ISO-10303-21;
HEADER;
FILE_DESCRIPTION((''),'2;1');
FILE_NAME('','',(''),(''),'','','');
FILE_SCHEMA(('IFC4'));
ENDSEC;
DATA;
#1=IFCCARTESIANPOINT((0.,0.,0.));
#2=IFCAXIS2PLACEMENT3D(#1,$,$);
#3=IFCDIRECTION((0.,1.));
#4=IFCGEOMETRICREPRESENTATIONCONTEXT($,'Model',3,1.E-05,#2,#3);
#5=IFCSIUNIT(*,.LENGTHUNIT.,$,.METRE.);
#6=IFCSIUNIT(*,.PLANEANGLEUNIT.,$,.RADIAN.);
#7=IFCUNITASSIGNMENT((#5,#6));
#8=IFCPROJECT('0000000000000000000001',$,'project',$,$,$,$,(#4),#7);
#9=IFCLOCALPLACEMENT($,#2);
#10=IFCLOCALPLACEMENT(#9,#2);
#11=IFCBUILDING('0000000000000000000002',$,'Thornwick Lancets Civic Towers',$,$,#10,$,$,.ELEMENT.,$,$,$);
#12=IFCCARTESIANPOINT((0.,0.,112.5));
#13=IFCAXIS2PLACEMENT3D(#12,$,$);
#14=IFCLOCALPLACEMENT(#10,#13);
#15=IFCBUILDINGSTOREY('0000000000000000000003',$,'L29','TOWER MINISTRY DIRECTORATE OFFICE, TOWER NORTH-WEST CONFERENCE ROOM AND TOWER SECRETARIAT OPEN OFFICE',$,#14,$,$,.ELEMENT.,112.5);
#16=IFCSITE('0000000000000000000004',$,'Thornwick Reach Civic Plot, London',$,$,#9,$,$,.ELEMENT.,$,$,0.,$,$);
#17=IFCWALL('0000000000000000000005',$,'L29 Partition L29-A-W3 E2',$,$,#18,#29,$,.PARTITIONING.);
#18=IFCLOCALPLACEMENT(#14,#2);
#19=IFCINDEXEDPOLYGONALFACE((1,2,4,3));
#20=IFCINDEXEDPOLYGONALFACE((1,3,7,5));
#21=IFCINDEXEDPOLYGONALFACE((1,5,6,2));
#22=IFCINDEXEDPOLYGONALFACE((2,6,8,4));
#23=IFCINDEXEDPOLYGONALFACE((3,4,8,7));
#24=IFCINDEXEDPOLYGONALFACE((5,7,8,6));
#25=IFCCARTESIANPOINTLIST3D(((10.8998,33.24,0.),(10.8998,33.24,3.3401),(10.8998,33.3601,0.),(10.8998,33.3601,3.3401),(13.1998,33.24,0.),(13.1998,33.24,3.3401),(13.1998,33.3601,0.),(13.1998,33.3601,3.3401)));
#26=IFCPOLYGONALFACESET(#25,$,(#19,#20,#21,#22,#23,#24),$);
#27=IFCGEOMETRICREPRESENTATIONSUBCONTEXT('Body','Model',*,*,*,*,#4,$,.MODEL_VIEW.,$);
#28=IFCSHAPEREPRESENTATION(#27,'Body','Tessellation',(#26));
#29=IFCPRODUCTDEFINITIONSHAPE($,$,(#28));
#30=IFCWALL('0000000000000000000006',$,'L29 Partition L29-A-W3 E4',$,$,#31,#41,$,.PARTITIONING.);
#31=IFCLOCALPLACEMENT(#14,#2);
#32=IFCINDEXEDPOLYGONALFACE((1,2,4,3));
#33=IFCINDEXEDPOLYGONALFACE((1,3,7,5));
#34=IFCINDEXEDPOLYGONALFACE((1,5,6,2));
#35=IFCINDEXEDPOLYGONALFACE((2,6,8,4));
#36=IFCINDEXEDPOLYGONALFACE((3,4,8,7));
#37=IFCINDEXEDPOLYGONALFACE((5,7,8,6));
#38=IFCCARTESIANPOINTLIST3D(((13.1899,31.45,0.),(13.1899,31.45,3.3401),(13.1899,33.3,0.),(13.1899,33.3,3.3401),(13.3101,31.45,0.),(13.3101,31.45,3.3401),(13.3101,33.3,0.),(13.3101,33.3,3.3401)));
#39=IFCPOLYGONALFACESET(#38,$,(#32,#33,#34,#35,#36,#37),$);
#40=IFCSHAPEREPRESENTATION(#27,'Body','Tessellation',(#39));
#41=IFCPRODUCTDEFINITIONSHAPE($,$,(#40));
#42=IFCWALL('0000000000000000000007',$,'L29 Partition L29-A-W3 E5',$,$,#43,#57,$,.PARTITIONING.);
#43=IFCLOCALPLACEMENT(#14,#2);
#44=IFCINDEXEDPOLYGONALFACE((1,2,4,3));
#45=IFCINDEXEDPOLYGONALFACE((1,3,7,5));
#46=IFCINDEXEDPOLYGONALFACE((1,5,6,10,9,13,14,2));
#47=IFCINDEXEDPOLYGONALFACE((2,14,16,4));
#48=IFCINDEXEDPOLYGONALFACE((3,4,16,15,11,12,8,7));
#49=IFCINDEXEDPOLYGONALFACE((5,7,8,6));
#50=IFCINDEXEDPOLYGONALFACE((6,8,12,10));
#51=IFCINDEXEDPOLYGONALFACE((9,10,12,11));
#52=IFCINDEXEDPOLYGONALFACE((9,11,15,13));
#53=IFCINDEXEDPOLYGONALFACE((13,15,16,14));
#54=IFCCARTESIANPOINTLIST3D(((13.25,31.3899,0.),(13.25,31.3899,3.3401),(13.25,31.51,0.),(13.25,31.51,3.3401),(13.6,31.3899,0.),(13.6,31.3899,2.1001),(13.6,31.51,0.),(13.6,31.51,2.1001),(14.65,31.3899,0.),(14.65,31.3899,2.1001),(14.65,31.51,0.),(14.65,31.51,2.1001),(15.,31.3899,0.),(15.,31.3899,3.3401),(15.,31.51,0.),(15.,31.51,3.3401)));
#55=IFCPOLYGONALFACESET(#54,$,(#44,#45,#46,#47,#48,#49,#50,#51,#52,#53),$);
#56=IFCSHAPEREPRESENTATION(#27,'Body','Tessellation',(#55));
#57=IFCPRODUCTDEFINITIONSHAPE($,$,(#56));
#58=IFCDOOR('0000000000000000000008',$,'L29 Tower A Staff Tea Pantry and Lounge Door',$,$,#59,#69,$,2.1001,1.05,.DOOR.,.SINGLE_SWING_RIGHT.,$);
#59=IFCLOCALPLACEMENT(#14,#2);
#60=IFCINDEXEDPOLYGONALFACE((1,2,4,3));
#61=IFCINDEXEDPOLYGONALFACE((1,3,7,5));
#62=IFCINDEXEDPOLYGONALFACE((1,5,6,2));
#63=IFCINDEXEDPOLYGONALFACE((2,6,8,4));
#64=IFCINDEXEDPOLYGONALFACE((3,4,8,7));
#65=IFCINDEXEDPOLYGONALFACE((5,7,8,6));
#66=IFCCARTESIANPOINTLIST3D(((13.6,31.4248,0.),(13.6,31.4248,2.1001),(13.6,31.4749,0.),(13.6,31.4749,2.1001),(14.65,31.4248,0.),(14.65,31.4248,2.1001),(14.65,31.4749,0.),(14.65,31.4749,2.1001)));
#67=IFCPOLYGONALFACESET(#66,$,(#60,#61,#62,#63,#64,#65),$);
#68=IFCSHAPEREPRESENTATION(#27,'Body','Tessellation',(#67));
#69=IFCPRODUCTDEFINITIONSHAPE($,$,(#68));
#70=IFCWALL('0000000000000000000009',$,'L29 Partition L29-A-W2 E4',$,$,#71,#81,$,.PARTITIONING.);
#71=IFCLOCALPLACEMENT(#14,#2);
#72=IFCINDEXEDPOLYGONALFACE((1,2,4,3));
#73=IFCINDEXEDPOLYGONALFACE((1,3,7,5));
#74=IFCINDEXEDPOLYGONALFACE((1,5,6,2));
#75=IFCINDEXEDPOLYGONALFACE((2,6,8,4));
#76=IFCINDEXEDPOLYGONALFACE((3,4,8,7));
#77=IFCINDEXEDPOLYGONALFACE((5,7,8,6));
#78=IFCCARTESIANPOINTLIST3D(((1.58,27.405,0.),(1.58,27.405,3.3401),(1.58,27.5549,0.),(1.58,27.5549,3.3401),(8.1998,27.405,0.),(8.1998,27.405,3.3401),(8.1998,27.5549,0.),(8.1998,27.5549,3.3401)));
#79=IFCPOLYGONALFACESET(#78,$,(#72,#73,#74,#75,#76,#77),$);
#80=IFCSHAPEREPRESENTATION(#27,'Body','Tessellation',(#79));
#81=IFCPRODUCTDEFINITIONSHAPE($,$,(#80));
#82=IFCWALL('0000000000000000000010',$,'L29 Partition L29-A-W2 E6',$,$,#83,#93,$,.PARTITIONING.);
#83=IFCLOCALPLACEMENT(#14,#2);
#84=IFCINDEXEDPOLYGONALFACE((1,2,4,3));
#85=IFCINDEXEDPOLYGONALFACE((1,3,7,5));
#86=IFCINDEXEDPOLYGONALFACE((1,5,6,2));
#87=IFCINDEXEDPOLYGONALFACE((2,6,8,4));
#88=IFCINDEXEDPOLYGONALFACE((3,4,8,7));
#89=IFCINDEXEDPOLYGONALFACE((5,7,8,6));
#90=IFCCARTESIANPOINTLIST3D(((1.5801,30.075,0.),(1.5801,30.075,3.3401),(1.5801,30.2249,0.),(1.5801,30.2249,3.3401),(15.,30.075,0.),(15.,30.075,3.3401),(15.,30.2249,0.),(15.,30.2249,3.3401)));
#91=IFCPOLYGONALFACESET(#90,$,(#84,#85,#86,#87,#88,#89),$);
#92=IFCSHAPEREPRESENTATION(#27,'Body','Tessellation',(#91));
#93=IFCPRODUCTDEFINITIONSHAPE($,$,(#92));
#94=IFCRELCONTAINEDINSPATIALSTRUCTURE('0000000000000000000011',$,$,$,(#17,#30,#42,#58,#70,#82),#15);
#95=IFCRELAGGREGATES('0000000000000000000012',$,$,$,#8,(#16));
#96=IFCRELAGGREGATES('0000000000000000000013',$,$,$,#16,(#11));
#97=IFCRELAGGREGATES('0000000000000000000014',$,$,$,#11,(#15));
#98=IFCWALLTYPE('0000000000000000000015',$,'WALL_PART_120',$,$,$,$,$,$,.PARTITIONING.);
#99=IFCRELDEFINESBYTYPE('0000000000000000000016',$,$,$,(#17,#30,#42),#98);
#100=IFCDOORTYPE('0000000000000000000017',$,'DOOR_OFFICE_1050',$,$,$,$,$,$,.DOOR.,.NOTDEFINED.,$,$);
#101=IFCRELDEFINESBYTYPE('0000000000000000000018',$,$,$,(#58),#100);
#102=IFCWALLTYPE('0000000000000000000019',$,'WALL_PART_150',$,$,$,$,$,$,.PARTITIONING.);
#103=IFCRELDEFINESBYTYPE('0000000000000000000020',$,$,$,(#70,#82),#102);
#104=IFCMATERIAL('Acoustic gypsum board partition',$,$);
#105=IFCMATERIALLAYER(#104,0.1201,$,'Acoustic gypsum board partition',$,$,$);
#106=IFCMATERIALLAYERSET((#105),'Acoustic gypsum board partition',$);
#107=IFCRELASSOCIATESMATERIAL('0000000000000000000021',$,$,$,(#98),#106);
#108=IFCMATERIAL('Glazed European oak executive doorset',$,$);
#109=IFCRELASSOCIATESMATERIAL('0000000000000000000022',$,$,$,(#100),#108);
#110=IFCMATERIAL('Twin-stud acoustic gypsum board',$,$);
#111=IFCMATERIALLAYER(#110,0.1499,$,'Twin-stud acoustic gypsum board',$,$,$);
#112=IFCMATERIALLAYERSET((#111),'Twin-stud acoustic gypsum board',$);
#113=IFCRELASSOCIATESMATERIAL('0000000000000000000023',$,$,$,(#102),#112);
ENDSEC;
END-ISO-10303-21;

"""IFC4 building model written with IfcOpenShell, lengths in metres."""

from ifc_helpers import new_model, si_unit, direction, frame, frame_2d, origin, place, context, subcontext, project, spatial, rectangle, extrude, material, layer, layer_set, type_object, element, fill, save


model = new_model("IFC4")

# Units and contexts
model_context = context("Model", 3, precision=1e-05, world=origin(), true_north=direction((0.0, 1.0)))
body_context = subcontext(model_context, "Body", "Model", "MODEL_VIEW")
ifc_project = project(units=[si_unit("LENGTHUNIT", "METRE"), si_unit("PLANEANGLEUNIT", "RADIAN")], contexts=[model_context])

# Site, building, storey
site_placement = place(None, origin())
site = spatial("IfcSite", under=ifc_project, at=site_placement, Name="Thornwick Reach Civic Plot, London", CompositionType="ELEMENT", RefElevation=0.0)
building_placement = place(site_placement, origin())
building = spatial("IfcBuilding", under=site, at=building_placement, Name="Thornwick Lancets Civic Towers", CompositionType="ELEMENT")
storey_placement = place(building_placement, frame((0.0, 0.0, 112.5)))
storey = spatial("IfcBuildingStorey", under=building, at=storey_placement, Name="L29", Description="TOWER MINISTRY DIRECTORATE OFFICE, TOWER NORTH-WEST CONFERENCE ROOM AND TOWER SECRETARIAT OPEN OFFICE", CompositionType="ELEMENT", Elevation=112.5)

# Walls
ifc_material_1 = material(Name="Acoustic gypsum board partition")
ifc_layer_1 = layer(ifc_material_1, 0.1201, Name="Acoustic gypsum board partition")
ifc_layer_set_1 = layer_set([ifc_layer_1], Name="Acoustic gypsum board partition")
wall_type_1 = type_object("IfcWallType", Name="WALL_PART_120", PredefinedType="PARTITIONING", material=ifc_layer_set_1)
wall_1_placement = place(storey_placement, frame((10.8999, 33.3, 0.0), z_axis=(0.0, 0.0, 1.0), x_axis=(1.0, 0.0, 0.0)))
element("IfcWall", 1, at=wall_1_placement, inside=storey, type_object=wall_type_1, Name="L29 Partition L29-A-W3 E2", PredefinedType="PARTITIONING", context=body_context, shape_type="SweptSolid", body=[
    extrude(rectangle(XDim=2.3, YDim=0.1201, at=frame_2d((1.1499, 0.0))), origin(), (0.0, 0.0, 1.0), 3.3401),
])
wall_2_placement = place(storey_placement, frame((13.25, 33.3, 0.0), z_axis=(0.0, 0.0, 1.0), x_axis=(0.0, -1.0, 0.0)))
element("IfcWall", 2, at=wall_2_placement, inside=storey, type_object=wall_type_1, Name="L29 Partition L29-A-W3 E4", PredefinedType="PARTITIONING", context=body_context, shape_type="SweptSolid", body=[
    extrude(rectangle(XDim=1.8501, YDim=0.1201, at=frame_2d((0.925, 0.0))), origin(), (0.0, 0.0, 1.0), 3.3401),
])

# Wall, opening, door
wall_3_placement = place(storey_placement, frame((13.25, 31.45, 0.0), z_axis=(0.0, 0.0, 1.0), x_axis=(1.0, 0.0, 0.0)))
wall_3 = element("IfcWall", 3, at=wall_3_placement, inside=storey, type_object=wall_type_1, Name="L29 Partition L29-A-W3 E5", PredefinedType="PARTITIONING", context=body_context, shape_type="SweptSolid", body=[
    extrude(rectangle(XDim=1.75, YDim=0.1201, at=frame_2d((0.875, 0.0))), origin(), (0.0, 0.0, 1.0), 3.3401),
])
opening_1_placement = place(wall_3_placement, frame((0.3501, 0.0, 0.0)))
opening_1 = element("IfcOpeningElement", 4, at=opening_1_placement, cuts=wall_3, PredefinedType="OPENING", context=body_context, shape_type="SweptSolid", body=[
    extrude(rectangle(XDim=1.05, YDim=2.1001, at=frame_2d((0.5249, 1.05))), frame((0.0, 0.0701, 0.0), z_axis=(0.0, -1.0, 0.0), x_axis=(1.0, 0.0, 0.0)), (0.0, 0.0, 1.0), 0.1401),
])
ifc_material_2 = material(Name="Glazed European oak executive doorset")
door_type_1 = type_object("IfcDoorType", Name="DOOR_OFFICE_1050", OperationType="NOTDEFINED", PredefinedType="DOOR", material=ifc_material_2)
door_1_placement = place(opening_1_placement, origin())
door_1 = element("IfcDoor", 5, at=door_1_placement, inside=storey, type_object=door_type_1, Name="L29 Tower A Staff Tea Pantry and Lounge Door", OperationType="SINGLE_SWING_RIGHT", OverallHeight=2.1001, OverallWidth=1.05, PredefinedType="DOOR", context=body_context, shape_type="SweptSolid", body=[
    extrude(rectangle(XDim=1.05, YDim=2.1001, at=frame_2d((0.5249, 1.05))), frame((0.0, 0.0249, 0.0), z_axis=(0.0, -1.0, 0.0), x_axis=(1.0, 0.0, 0.0)), (0.0, 0.0, 1.0), 0.05),
])
fill(opening_1, door_1)
ifc_material_3 = material(Name="Twin-stud acoustic gypsum board")
ifc_layer_2 = layer(ifc_material_3, 0.1499, Name="Twin-stud acoustic gypsum board")
ifc_layer_set_2 = layer_set([ifc_layer_2], Name="Twin-stud acoustic gypsum board")
wall_type_2 = type_object("IfcWallType", Name="WALL_PART_150", PredefinedType="PARTITIONING", material=ifc_layer_set_2)

# Walls
wall_4_placement = place(storey_placement, frame((8.2, 27.48, 0.0), z_axis=(0.0, 0.0, 1.0), x_axis=(-1.0, 0.0, 0.0)))
element("IfcWall", 6, at=wall_4_placement, inside=storey, type_object=wall_type_2, Name="L29 Partition L29-A-W2 E4", PredefinedType="PARTITIONING", context=body_context, shape_type="SweptSolid", body=[
    extrude(rectangle(XDim=6.6199, YDim=0.1499, at=frame_2d((3.3101, 0.0))), origin(), (0.0, 0.0, 1.0), 3.3401),
])
wall_5_placement = place(storey_placement, frame((1.5801, 30.1499, 0.0), z_axis=(0.0, 0.0, 1.0), x_axis=(1.0, 0.0, 0.0)))
element("IfcWall", 7, at=wall_5_placement, inside=storey, type_object=wall_type_2, Name="L29 Partition L29-A-W2 E6", PredefinedType="PARTITIONING", context=body_context, shape_type="SweptSolid", body=[
    extrude(rectangle(XDim=13.4199, YDim=0.1499, at=frame_2d((6.71, 0.0))), origin(), (0.0, 0.0, 1.0), 3.3401),
])

save(model, "model.ifc")
